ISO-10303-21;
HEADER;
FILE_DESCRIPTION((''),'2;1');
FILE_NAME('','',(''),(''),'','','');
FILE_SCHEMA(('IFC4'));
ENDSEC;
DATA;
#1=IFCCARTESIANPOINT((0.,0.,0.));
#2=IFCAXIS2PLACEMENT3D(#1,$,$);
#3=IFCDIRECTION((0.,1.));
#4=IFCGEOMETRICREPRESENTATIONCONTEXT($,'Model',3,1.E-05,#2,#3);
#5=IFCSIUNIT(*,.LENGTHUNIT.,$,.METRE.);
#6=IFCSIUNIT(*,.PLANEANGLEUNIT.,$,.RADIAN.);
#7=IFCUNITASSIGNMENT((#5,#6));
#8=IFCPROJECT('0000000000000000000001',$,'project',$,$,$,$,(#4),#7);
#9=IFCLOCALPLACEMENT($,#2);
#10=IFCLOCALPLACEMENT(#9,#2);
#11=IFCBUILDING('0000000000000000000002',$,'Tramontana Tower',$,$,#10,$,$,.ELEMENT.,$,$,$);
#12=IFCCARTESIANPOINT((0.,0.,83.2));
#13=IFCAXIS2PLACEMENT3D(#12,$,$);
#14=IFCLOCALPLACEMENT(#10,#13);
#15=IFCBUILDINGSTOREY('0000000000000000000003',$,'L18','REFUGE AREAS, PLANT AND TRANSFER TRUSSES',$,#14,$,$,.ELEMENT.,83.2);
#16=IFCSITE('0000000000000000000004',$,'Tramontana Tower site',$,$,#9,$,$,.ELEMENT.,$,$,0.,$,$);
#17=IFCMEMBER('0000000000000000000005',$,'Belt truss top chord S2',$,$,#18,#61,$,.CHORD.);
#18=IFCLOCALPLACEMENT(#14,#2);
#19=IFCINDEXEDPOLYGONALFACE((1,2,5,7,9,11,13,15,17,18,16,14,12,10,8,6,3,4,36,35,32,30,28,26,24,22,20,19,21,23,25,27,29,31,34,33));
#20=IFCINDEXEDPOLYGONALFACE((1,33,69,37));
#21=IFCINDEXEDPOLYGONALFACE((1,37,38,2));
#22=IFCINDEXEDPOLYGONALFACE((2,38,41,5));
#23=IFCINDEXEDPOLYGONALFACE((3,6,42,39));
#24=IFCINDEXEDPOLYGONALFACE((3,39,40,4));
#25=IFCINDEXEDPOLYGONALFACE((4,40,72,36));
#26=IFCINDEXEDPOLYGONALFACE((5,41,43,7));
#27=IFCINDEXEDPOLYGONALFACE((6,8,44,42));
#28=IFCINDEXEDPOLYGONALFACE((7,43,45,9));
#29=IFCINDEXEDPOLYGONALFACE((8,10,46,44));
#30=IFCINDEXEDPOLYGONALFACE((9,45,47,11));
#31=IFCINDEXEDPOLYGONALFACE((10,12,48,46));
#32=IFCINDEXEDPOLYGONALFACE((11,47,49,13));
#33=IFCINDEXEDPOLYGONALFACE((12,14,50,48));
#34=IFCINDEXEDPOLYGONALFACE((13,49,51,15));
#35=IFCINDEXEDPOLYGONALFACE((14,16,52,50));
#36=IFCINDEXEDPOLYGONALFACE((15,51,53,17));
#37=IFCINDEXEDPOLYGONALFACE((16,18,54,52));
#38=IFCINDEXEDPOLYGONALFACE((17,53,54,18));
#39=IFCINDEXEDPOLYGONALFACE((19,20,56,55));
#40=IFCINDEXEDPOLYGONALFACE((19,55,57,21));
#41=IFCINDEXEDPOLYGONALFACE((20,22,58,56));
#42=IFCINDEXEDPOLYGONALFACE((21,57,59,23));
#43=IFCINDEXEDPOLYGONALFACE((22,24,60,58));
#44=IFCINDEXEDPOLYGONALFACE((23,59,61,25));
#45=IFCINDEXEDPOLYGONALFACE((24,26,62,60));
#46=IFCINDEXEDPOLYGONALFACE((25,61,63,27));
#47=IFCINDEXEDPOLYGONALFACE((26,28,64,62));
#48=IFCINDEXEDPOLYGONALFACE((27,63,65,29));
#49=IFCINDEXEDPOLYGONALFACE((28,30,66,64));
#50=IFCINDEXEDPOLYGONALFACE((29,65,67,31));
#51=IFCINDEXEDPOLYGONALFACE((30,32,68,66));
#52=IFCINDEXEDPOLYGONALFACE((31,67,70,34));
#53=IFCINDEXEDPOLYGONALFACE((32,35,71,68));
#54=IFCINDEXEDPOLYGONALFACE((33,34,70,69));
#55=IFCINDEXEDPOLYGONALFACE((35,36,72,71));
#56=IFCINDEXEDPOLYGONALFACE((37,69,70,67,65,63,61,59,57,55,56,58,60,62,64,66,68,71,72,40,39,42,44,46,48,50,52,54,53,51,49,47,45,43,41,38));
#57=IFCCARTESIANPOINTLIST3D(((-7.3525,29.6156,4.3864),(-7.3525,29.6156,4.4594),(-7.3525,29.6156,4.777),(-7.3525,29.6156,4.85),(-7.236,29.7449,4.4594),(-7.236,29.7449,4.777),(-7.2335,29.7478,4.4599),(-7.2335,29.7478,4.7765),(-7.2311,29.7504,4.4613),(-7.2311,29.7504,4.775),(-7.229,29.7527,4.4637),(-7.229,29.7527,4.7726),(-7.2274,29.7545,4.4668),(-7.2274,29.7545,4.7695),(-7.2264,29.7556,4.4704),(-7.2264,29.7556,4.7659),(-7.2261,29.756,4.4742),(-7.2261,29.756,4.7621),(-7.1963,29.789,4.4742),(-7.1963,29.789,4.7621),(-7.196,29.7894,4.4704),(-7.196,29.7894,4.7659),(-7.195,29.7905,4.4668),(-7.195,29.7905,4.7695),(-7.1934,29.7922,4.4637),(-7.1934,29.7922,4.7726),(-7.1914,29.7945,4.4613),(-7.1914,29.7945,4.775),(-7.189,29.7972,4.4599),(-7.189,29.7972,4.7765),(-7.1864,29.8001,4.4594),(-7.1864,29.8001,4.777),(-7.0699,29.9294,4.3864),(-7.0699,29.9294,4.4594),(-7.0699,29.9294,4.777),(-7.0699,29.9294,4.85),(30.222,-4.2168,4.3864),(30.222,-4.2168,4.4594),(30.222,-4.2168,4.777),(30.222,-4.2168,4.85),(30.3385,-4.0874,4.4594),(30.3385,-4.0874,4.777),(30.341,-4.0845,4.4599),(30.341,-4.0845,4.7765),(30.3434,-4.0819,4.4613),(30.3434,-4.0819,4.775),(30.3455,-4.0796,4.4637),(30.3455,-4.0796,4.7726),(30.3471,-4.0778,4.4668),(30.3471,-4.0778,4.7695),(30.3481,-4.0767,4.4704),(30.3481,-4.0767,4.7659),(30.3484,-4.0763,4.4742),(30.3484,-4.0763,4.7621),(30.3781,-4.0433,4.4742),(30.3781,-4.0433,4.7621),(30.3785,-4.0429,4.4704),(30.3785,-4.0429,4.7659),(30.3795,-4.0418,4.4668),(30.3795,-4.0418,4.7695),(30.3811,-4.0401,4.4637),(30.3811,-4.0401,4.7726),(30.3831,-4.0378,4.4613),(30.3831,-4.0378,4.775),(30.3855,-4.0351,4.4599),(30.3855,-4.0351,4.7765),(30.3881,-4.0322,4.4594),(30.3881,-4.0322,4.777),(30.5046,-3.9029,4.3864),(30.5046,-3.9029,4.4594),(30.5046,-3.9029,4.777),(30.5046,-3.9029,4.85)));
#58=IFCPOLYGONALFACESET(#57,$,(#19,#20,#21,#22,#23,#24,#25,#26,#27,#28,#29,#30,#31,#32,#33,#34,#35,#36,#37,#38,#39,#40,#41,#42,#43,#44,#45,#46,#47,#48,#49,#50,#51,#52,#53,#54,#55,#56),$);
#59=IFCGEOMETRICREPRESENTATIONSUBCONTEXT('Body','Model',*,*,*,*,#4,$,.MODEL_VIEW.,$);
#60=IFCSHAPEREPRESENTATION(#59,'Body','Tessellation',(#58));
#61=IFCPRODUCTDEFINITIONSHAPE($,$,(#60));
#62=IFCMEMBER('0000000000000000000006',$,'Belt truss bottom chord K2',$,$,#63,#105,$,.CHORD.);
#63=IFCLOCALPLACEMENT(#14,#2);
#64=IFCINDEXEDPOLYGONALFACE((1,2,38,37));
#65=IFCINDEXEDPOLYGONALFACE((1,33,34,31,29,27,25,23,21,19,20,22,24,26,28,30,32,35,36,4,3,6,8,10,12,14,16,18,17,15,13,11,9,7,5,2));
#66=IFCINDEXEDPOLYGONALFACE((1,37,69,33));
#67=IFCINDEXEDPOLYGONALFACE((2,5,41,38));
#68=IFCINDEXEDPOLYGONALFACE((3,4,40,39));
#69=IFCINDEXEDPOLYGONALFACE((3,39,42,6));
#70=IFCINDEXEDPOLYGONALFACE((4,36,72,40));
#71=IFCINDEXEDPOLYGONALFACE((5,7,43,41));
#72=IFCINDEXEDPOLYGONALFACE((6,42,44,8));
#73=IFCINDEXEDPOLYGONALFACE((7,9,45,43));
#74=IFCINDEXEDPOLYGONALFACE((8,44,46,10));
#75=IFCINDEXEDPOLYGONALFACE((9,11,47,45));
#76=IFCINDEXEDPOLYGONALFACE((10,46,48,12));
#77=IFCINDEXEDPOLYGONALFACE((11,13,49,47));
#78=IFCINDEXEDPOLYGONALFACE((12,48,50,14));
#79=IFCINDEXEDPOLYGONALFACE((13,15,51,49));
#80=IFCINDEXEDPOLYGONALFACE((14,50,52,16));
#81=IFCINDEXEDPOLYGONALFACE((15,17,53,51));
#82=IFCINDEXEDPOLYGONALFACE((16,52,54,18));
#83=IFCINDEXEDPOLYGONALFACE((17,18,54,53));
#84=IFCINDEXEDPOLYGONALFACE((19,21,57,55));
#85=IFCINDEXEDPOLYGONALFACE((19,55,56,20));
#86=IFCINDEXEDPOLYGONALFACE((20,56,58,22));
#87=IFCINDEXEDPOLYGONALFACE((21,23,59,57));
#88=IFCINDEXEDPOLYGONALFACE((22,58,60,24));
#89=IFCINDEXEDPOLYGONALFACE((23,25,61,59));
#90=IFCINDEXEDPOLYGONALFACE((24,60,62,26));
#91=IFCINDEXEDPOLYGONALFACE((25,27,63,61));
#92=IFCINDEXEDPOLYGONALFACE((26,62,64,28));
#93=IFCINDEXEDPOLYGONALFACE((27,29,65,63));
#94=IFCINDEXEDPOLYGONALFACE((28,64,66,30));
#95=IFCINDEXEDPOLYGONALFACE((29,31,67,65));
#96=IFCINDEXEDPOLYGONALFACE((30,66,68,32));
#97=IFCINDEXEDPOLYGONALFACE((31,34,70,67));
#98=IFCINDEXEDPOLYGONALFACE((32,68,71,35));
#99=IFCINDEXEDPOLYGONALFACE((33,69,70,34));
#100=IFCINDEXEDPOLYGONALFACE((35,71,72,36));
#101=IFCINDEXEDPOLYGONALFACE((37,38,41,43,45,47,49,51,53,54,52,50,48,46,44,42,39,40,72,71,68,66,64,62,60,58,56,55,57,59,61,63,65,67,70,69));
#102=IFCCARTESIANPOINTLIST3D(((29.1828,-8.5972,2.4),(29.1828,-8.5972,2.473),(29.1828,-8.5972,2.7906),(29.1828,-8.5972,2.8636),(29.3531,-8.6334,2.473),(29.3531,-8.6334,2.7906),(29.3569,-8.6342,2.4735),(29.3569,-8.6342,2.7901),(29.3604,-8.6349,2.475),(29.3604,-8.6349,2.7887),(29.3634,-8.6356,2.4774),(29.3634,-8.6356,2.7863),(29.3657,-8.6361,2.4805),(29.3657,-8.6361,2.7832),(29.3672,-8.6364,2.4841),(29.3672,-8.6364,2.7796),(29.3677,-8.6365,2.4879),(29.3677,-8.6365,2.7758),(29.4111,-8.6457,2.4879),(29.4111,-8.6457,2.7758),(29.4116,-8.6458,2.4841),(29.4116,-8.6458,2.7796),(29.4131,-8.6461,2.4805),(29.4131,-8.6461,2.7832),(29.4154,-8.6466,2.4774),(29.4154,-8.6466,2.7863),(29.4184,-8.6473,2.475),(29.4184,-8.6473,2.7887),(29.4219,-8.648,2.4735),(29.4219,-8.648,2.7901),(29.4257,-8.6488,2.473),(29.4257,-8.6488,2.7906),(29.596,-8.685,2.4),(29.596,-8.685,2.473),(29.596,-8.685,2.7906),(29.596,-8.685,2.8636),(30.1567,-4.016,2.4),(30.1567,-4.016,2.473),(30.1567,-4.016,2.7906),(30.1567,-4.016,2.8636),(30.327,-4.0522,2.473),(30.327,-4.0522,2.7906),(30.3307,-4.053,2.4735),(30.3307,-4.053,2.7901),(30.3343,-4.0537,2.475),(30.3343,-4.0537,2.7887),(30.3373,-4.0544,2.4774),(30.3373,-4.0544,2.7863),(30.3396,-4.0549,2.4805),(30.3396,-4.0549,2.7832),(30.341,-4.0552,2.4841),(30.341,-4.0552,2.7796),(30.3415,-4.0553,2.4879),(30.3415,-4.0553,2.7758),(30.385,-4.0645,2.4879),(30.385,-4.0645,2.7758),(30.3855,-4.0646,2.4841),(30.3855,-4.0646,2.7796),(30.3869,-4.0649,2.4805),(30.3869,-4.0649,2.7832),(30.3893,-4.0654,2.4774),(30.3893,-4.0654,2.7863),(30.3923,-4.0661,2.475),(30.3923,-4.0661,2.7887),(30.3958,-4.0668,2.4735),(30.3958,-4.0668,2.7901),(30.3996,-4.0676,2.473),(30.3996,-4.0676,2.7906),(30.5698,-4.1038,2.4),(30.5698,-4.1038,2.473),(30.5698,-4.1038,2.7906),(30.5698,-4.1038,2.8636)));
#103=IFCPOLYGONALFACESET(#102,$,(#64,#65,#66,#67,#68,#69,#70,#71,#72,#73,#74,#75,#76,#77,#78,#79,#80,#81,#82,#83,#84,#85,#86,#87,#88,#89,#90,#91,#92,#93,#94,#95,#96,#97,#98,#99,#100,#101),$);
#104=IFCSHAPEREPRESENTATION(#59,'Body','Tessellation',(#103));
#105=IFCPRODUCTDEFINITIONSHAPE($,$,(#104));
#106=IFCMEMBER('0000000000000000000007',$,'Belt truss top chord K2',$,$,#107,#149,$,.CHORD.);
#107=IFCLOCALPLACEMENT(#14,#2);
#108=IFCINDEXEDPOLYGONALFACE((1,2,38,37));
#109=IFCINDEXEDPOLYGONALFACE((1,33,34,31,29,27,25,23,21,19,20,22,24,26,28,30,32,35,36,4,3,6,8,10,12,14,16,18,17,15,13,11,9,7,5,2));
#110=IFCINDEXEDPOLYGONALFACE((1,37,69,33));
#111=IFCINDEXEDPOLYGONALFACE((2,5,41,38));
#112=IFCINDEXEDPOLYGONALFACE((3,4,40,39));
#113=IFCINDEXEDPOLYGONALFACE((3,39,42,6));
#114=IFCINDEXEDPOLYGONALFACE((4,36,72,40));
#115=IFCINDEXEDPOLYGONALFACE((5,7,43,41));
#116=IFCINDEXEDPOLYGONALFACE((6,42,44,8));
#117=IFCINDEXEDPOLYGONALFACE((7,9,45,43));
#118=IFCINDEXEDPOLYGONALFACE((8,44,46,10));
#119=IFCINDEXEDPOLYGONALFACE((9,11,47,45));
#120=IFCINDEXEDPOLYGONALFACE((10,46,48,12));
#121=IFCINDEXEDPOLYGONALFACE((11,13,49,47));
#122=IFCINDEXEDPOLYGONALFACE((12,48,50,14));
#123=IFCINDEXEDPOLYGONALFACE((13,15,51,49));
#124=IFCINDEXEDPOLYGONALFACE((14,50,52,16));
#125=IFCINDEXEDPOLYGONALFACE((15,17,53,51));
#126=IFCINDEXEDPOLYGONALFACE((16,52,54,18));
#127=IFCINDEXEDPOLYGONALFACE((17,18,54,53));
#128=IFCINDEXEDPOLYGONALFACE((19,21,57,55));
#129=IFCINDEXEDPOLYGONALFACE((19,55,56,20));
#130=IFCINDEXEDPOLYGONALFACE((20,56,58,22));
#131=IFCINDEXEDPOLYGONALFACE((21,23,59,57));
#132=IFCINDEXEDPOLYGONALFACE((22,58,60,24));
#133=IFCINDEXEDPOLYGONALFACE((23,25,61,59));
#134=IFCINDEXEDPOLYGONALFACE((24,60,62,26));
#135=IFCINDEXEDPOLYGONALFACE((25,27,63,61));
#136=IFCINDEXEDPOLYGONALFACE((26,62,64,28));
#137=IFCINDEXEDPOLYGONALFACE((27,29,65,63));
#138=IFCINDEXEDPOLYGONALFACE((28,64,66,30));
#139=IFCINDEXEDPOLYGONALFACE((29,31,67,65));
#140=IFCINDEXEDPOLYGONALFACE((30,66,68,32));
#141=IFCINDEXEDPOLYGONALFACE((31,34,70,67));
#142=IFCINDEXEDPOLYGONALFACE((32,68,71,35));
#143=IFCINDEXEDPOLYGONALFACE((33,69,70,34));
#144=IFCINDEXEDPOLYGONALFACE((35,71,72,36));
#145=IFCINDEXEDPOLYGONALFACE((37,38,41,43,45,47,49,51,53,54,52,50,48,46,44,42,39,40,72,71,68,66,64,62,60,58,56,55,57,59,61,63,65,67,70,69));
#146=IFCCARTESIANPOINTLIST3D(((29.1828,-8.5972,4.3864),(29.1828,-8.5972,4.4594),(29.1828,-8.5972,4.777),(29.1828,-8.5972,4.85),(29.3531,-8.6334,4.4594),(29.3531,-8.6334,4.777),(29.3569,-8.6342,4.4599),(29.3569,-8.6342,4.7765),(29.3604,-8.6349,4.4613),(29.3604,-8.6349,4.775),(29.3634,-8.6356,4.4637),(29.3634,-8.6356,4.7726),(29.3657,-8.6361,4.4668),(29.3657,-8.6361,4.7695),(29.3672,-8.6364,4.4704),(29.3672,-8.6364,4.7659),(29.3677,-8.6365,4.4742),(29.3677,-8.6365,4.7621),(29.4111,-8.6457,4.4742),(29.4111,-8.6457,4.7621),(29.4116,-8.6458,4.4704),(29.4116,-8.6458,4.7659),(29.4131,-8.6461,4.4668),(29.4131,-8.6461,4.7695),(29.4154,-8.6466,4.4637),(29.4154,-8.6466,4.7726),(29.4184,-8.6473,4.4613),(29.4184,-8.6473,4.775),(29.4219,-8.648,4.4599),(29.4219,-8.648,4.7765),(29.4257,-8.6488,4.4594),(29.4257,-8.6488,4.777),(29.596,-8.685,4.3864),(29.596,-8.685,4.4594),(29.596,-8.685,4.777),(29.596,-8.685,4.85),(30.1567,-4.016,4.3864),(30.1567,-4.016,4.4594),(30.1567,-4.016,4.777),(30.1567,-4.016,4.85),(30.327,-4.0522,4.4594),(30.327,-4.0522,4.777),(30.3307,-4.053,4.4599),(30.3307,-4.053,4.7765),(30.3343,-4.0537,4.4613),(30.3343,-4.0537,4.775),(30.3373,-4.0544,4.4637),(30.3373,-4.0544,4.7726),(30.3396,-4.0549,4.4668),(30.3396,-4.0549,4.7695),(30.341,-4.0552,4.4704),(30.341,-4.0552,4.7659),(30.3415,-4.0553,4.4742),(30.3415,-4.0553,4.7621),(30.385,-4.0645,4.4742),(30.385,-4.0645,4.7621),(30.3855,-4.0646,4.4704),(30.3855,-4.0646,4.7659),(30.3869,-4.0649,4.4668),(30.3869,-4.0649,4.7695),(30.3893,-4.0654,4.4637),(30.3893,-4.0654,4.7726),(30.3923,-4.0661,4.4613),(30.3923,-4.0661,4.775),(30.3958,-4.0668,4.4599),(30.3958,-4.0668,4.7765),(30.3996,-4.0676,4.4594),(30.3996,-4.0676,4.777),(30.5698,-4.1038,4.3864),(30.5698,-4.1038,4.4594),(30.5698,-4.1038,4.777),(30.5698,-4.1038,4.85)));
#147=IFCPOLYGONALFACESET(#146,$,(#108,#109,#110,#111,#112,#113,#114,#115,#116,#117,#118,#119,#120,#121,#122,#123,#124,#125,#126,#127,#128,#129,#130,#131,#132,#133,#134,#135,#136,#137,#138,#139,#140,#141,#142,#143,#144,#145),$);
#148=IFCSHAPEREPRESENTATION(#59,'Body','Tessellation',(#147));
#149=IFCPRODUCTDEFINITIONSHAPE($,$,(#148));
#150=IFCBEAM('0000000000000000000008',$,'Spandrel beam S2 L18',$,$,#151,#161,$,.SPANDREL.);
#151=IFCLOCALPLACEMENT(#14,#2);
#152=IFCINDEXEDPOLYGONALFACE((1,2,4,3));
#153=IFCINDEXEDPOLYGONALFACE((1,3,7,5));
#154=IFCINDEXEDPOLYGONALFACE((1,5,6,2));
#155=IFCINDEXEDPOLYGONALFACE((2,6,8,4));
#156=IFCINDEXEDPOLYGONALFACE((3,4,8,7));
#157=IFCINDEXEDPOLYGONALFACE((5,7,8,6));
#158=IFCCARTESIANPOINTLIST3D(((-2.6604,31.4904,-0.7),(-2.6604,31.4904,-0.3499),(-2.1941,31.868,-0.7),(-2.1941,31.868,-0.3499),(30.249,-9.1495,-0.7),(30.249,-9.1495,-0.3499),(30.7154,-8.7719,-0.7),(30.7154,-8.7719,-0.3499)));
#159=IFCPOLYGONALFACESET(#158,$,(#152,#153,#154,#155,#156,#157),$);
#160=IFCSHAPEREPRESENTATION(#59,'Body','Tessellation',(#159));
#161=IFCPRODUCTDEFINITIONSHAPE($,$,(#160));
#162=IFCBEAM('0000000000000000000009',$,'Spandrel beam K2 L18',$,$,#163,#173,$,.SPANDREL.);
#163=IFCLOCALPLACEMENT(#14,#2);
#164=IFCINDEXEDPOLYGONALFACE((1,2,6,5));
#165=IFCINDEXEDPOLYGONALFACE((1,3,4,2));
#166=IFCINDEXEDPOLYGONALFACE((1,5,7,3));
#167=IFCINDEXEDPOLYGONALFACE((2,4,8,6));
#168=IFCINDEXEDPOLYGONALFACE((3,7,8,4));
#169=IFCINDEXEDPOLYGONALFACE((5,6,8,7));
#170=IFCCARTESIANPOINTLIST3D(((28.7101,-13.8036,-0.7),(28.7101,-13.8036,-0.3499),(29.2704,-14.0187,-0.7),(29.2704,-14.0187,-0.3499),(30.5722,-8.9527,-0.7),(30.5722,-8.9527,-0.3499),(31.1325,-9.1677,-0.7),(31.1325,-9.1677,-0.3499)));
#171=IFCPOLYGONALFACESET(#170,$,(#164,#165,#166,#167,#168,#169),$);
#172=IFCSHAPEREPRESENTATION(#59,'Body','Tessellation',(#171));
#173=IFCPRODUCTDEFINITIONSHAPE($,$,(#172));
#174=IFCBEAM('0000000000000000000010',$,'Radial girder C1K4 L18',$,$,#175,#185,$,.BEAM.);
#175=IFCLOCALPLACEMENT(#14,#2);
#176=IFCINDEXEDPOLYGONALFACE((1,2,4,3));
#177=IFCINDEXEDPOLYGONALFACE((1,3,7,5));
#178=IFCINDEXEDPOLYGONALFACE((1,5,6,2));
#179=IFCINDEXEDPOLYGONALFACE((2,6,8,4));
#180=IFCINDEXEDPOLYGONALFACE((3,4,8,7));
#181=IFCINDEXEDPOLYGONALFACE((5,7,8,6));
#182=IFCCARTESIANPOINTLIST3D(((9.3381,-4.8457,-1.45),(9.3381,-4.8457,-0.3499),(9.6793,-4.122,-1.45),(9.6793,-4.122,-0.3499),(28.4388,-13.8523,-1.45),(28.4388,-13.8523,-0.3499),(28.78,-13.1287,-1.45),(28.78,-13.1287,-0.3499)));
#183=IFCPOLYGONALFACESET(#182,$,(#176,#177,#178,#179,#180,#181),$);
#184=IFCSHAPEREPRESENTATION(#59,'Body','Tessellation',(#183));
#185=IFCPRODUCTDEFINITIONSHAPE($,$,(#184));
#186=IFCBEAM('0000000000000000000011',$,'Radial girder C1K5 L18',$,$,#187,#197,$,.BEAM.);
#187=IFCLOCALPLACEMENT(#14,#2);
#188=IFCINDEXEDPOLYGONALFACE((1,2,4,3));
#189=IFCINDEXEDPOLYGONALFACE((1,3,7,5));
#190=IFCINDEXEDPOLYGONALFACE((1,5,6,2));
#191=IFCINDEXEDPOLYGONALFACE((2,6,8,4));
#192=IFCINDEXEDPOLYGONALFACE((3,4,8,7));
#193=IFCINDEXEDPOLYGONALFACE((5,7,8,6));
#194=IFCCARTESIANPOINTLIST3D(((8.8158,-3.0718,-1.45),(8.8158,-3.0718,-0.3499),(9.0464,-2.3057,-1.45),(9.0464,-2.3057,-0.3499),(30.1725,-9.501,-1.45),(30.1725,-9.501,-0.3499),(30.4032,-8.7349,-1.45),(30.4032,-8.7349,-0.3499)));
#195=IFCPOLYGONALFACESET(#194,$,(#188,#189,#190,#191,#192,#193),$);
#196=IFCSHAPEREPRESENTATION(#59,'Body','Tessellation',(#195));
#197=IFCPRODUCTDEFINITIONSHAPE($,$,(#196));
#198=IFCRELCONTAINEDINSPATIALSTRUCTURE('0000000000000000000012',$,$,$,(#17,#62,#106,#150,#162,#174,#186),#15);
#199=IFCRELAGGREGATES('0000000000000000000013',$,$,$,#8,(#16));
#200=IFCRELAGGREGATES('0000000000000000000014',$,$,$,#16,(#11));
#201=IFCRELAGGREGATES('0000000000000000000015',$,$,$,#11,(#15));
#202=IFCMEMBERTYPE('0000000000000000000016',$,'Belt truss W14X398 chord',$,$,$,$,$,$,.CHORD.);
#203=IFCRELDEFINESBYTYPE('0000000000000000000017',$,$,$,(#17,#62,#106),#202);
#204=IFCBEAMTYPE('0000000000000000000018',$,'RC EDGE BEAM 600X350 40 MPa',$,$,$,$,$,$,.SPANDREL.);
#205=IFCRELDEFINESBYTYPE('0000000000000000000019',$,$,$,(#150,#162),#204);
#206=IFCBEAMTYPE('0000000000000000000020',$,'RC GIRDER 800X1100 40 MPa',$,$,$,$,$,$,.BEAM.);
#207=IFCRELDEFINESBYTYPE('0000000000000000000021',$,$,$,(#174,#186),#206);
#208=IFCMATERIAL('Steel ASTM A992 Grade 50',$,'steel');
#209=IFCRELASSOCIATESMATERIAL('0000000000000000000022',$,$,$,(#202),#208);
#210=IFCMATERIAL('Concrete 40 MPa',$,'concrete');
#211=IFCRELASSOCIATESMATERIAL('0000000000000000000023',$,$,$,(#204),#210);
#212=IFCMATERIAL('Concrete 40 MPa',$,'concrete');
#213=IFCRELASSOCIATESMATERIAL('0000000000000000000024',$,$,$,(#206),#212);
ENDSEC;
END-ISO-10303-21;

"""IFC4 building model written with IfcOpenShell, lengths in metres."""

from ifc_helpers import new_model, si_unit, direction, frame, origin, origin_2d, place, context, subcontext, project, spatial, rectangle, i_section, extrude, material, material_profile, profile_set, type_object, element, save


model = new_model("IFC4")

# Units and contexts
model_context = context("Model", 3, precision=1e-05, world=origin(), true_north=direction((0.0, 1.0)))
body_context = subcontext(model_context, "Body", "Model", "MODEL_VIEW")
ifc_project = project(units=[si_unit("LENGTHUNIT", "METRE"), si_unit("PLANEANGLEUNIT", "RADIAN")], contexts=[model_context])

# Site, building, storey
site_placement = place(None, origin())
site = spatial("IfcSite", under=ifc_project, at=site_placement, Name="Tramontana Tower site", CompositionType="ELEMENT", RefElevation=0.0)
building_placement = place(site_placement, origin())
building = spatial("IfcBuilding", under=site, at=building_placement, Name="Tramontana Tower", CompositionType="ELEMENT")
storey_placement = place(building_placement, frame((0.0, 0.0, 83.2)))
storey = spatial("IfcBuildingStorey", under=building, at=storey_placement, Name="L18", Description="REFUGE AREAS, PLANT AND TRANSFER TRUSSES", CompositionType="ELEMENT", Elevation=83.2)

# Members
ifc_material_1 = material(Name="Steel ASTM A992 Grade 50", Category="steel")
ifc_material_profile_1 = material_profile(ifc_material_1, i_section(OverallWidth=0.4224, OverallDepth=0.4636, WebThickness=0.0444, FlangeThickness=0.073, FilletRadius=0.0149, at=origin_2d()), Name="W14X398")
ifc_profile_set_1 = profile_set([ifc_material_profile_1], Name="Steel ASTM A992 Grade 50")
member_type_1 = type_object("IfcMemberType", Name="Belt truss W14X398 chord", PredefinedType="CHORD", material=ifc_profile_set_1)
for number, where, z_axis, x_axis, name in (
    (1, (30.3633, -4.0598, 4.6182), (-0.743144, 0.669131, 0.0), (-0.669131, -0.743144, 0.0), "Belt truss top chord S2"),
):
    element("IfcMember", number, at=place(storey_placement, frame(where, z_axis=z_axis, x_axis=x_axis)), inside=storey, type_object=member_type_1, Name=name, PredefinedType="CHORD", context=body_context, shape_type="SweptSolid", body=[
        extrude(i_section(OverallWidth=0.4224, OverallDepth=0.4636, WebThickness=0.0444, FlangeThickness=0.073, FilletRadius=0.0149, at=origin_2d()), origin(), (0.0, 0.0, 1.0), 50.5615),
    ])
for number, where, z_axis, x_axis, name in (
    (2, (29.3894, -8.6411, 2.6318), (0.20793, 0.978144, 0.0), (-0.978144, 0.20793, 0.0), "Belt truss bottom chord K2"),
    (3, (29.3894, -8.6411, 4.6182), (0.20793, 0.978144, 0.0), (-0.978144, 0.20793, 0.0), "Belt truss top chord K2"),
):
    element("IfcMember", number, at=place(storey_placement, frame(where, z_axis=z_axis, x_axis=x_axis)), inside=storey, type_object=member_type_1, Name=name, PredefinedType="CHORD", context=body_context, shape_type="SweptSolid", body=[
        extrude(i_section(OverallWidth=0.4224, OverallDepth=0.4636, WebThickness=0.0444, FlangeThickness=0.073, FilletRadius=0.0149, at=origin_2d()), origin(), (0.0, 0.0, 1.0), 4.6836),
    ])

# Beams
ifc_material_2 = material(Name="Concrete 40 MPa", Category="concrete")
ifc_material_profile_2 = material_profile(ifc_material_2, rectangle(XDim=0.6001, YDim=0.3501, at=origin_2d()), Name="RC EDGE BEAM 600X350 40 MPa")
ifc_profile_set_2 = profile_set([ifc_material_profile_2], Name="Concrete 40 MPa")
beam_type_1 = type_object("IfcBeamType", Name="RC EDGE BEAM 600X350 40 MPa", PredefinedType="SPANDREL", material=ifc_profile_set_2)
beam_1_placement = place(storey_placement, frame((30.4822, -8.9607, -0.5249), z_axis=(-0.629319, 0.777147, 0.0), x_axis=(-0.777147, -0.629319, 0.0)))
element("IfcBeam", 4, at=beam_1_placement, inside=storey, type_object=beam_type_1, Name="Spandrel beam S2 L18", PredefinedType="SPANDREL", context=body_context, shape_type="SweptSolid", body=[
    extrude(rectangle(XDim=0.6001, YDim=0.3501, at=origin_2d()), origin(), (0.0, 0.0, 1.0), 52.2937),
])
beam_2_placement = place(storey_placement, frame((28.9902, -13.9111, -0.5249), z_axis=(0.358368, 0.93358, 0.0), x_axis=(-0.93358, 0.358368, 0.0)))
element("IfcBeam", 5, at=beam_2_placement, inside=storey, type_object=beam_type_1, Name="Spandrel beam K2 L18", PredefinedType="SPANDREL", context=body_context, shape_type="SweptSolid", body=[
    extrude(rectangle(XDim=0.6001, YDim=0.3501, at=origin_2d()), origin(), (0.0, 0.0, 1.0), 5.196),
])
ifc_material_3 = material(Name="Concrete 40 MPa", Category="concrete")
ifc_material_profile_3 = material_profile(ifc_material_3, rectangle(XDim=0.8, YDim=1.1001, at=origin_2d()), Name="RC GIRDER 800X1100 40 MPa")
ifc_profile_set_3 = profile_set([ifc_material_profile_3], Name="Concrete 40 MPa")
beam_type_2 = type_object("IfcBeamType", Name="RC GIRDER 800X1100 40 MPa", PredefinedType="BEAM", material=ifc_profile_set_3)
beam_3_placement = place(storey_placement, frame((28.6094, -13.4905, -0.8999), z_axis=(-0.904489, 0.426498, 0.0), x_axis=(-0.426498, -0.904489, 0.0)))
element("IfcBeam", 6, at=beam_3_placement, inside=storey, type_object=beam_type_2, Name="Radial girder C1K4 L18", PredefinedType="BEAM", context=body_context, shape_type="SweptSolid", body=[
    extrude(rectangle(XDim=0.8, YDim=1.1001, at=origin_2d()), origin(), (0.0, 0.0, 1.0), 21.1177),
])
beam_4_placement = place(storey_placement, frame((30.2878, -9.1179, -0.8999), z_axis=(-0.957552, 0.288261, 0.0), x_axis=(-0.288261, -0.957552, 0.0)))
element("IfcBeam", 7, at=beam_4_placement, inside=storey, type_object=beam_type_2, Name="Radial girder C1K5 L18", PredefinedType="BEAM", context=body_context, shape_type="SweptSolid", body=[
    extrude(rectangle(XDim=0.8, YDim=1.1001, at=origin_2d()), origin(), (0.0, 0.0, 1.0), 22.3035),
])

save(model, "model.ifc")
